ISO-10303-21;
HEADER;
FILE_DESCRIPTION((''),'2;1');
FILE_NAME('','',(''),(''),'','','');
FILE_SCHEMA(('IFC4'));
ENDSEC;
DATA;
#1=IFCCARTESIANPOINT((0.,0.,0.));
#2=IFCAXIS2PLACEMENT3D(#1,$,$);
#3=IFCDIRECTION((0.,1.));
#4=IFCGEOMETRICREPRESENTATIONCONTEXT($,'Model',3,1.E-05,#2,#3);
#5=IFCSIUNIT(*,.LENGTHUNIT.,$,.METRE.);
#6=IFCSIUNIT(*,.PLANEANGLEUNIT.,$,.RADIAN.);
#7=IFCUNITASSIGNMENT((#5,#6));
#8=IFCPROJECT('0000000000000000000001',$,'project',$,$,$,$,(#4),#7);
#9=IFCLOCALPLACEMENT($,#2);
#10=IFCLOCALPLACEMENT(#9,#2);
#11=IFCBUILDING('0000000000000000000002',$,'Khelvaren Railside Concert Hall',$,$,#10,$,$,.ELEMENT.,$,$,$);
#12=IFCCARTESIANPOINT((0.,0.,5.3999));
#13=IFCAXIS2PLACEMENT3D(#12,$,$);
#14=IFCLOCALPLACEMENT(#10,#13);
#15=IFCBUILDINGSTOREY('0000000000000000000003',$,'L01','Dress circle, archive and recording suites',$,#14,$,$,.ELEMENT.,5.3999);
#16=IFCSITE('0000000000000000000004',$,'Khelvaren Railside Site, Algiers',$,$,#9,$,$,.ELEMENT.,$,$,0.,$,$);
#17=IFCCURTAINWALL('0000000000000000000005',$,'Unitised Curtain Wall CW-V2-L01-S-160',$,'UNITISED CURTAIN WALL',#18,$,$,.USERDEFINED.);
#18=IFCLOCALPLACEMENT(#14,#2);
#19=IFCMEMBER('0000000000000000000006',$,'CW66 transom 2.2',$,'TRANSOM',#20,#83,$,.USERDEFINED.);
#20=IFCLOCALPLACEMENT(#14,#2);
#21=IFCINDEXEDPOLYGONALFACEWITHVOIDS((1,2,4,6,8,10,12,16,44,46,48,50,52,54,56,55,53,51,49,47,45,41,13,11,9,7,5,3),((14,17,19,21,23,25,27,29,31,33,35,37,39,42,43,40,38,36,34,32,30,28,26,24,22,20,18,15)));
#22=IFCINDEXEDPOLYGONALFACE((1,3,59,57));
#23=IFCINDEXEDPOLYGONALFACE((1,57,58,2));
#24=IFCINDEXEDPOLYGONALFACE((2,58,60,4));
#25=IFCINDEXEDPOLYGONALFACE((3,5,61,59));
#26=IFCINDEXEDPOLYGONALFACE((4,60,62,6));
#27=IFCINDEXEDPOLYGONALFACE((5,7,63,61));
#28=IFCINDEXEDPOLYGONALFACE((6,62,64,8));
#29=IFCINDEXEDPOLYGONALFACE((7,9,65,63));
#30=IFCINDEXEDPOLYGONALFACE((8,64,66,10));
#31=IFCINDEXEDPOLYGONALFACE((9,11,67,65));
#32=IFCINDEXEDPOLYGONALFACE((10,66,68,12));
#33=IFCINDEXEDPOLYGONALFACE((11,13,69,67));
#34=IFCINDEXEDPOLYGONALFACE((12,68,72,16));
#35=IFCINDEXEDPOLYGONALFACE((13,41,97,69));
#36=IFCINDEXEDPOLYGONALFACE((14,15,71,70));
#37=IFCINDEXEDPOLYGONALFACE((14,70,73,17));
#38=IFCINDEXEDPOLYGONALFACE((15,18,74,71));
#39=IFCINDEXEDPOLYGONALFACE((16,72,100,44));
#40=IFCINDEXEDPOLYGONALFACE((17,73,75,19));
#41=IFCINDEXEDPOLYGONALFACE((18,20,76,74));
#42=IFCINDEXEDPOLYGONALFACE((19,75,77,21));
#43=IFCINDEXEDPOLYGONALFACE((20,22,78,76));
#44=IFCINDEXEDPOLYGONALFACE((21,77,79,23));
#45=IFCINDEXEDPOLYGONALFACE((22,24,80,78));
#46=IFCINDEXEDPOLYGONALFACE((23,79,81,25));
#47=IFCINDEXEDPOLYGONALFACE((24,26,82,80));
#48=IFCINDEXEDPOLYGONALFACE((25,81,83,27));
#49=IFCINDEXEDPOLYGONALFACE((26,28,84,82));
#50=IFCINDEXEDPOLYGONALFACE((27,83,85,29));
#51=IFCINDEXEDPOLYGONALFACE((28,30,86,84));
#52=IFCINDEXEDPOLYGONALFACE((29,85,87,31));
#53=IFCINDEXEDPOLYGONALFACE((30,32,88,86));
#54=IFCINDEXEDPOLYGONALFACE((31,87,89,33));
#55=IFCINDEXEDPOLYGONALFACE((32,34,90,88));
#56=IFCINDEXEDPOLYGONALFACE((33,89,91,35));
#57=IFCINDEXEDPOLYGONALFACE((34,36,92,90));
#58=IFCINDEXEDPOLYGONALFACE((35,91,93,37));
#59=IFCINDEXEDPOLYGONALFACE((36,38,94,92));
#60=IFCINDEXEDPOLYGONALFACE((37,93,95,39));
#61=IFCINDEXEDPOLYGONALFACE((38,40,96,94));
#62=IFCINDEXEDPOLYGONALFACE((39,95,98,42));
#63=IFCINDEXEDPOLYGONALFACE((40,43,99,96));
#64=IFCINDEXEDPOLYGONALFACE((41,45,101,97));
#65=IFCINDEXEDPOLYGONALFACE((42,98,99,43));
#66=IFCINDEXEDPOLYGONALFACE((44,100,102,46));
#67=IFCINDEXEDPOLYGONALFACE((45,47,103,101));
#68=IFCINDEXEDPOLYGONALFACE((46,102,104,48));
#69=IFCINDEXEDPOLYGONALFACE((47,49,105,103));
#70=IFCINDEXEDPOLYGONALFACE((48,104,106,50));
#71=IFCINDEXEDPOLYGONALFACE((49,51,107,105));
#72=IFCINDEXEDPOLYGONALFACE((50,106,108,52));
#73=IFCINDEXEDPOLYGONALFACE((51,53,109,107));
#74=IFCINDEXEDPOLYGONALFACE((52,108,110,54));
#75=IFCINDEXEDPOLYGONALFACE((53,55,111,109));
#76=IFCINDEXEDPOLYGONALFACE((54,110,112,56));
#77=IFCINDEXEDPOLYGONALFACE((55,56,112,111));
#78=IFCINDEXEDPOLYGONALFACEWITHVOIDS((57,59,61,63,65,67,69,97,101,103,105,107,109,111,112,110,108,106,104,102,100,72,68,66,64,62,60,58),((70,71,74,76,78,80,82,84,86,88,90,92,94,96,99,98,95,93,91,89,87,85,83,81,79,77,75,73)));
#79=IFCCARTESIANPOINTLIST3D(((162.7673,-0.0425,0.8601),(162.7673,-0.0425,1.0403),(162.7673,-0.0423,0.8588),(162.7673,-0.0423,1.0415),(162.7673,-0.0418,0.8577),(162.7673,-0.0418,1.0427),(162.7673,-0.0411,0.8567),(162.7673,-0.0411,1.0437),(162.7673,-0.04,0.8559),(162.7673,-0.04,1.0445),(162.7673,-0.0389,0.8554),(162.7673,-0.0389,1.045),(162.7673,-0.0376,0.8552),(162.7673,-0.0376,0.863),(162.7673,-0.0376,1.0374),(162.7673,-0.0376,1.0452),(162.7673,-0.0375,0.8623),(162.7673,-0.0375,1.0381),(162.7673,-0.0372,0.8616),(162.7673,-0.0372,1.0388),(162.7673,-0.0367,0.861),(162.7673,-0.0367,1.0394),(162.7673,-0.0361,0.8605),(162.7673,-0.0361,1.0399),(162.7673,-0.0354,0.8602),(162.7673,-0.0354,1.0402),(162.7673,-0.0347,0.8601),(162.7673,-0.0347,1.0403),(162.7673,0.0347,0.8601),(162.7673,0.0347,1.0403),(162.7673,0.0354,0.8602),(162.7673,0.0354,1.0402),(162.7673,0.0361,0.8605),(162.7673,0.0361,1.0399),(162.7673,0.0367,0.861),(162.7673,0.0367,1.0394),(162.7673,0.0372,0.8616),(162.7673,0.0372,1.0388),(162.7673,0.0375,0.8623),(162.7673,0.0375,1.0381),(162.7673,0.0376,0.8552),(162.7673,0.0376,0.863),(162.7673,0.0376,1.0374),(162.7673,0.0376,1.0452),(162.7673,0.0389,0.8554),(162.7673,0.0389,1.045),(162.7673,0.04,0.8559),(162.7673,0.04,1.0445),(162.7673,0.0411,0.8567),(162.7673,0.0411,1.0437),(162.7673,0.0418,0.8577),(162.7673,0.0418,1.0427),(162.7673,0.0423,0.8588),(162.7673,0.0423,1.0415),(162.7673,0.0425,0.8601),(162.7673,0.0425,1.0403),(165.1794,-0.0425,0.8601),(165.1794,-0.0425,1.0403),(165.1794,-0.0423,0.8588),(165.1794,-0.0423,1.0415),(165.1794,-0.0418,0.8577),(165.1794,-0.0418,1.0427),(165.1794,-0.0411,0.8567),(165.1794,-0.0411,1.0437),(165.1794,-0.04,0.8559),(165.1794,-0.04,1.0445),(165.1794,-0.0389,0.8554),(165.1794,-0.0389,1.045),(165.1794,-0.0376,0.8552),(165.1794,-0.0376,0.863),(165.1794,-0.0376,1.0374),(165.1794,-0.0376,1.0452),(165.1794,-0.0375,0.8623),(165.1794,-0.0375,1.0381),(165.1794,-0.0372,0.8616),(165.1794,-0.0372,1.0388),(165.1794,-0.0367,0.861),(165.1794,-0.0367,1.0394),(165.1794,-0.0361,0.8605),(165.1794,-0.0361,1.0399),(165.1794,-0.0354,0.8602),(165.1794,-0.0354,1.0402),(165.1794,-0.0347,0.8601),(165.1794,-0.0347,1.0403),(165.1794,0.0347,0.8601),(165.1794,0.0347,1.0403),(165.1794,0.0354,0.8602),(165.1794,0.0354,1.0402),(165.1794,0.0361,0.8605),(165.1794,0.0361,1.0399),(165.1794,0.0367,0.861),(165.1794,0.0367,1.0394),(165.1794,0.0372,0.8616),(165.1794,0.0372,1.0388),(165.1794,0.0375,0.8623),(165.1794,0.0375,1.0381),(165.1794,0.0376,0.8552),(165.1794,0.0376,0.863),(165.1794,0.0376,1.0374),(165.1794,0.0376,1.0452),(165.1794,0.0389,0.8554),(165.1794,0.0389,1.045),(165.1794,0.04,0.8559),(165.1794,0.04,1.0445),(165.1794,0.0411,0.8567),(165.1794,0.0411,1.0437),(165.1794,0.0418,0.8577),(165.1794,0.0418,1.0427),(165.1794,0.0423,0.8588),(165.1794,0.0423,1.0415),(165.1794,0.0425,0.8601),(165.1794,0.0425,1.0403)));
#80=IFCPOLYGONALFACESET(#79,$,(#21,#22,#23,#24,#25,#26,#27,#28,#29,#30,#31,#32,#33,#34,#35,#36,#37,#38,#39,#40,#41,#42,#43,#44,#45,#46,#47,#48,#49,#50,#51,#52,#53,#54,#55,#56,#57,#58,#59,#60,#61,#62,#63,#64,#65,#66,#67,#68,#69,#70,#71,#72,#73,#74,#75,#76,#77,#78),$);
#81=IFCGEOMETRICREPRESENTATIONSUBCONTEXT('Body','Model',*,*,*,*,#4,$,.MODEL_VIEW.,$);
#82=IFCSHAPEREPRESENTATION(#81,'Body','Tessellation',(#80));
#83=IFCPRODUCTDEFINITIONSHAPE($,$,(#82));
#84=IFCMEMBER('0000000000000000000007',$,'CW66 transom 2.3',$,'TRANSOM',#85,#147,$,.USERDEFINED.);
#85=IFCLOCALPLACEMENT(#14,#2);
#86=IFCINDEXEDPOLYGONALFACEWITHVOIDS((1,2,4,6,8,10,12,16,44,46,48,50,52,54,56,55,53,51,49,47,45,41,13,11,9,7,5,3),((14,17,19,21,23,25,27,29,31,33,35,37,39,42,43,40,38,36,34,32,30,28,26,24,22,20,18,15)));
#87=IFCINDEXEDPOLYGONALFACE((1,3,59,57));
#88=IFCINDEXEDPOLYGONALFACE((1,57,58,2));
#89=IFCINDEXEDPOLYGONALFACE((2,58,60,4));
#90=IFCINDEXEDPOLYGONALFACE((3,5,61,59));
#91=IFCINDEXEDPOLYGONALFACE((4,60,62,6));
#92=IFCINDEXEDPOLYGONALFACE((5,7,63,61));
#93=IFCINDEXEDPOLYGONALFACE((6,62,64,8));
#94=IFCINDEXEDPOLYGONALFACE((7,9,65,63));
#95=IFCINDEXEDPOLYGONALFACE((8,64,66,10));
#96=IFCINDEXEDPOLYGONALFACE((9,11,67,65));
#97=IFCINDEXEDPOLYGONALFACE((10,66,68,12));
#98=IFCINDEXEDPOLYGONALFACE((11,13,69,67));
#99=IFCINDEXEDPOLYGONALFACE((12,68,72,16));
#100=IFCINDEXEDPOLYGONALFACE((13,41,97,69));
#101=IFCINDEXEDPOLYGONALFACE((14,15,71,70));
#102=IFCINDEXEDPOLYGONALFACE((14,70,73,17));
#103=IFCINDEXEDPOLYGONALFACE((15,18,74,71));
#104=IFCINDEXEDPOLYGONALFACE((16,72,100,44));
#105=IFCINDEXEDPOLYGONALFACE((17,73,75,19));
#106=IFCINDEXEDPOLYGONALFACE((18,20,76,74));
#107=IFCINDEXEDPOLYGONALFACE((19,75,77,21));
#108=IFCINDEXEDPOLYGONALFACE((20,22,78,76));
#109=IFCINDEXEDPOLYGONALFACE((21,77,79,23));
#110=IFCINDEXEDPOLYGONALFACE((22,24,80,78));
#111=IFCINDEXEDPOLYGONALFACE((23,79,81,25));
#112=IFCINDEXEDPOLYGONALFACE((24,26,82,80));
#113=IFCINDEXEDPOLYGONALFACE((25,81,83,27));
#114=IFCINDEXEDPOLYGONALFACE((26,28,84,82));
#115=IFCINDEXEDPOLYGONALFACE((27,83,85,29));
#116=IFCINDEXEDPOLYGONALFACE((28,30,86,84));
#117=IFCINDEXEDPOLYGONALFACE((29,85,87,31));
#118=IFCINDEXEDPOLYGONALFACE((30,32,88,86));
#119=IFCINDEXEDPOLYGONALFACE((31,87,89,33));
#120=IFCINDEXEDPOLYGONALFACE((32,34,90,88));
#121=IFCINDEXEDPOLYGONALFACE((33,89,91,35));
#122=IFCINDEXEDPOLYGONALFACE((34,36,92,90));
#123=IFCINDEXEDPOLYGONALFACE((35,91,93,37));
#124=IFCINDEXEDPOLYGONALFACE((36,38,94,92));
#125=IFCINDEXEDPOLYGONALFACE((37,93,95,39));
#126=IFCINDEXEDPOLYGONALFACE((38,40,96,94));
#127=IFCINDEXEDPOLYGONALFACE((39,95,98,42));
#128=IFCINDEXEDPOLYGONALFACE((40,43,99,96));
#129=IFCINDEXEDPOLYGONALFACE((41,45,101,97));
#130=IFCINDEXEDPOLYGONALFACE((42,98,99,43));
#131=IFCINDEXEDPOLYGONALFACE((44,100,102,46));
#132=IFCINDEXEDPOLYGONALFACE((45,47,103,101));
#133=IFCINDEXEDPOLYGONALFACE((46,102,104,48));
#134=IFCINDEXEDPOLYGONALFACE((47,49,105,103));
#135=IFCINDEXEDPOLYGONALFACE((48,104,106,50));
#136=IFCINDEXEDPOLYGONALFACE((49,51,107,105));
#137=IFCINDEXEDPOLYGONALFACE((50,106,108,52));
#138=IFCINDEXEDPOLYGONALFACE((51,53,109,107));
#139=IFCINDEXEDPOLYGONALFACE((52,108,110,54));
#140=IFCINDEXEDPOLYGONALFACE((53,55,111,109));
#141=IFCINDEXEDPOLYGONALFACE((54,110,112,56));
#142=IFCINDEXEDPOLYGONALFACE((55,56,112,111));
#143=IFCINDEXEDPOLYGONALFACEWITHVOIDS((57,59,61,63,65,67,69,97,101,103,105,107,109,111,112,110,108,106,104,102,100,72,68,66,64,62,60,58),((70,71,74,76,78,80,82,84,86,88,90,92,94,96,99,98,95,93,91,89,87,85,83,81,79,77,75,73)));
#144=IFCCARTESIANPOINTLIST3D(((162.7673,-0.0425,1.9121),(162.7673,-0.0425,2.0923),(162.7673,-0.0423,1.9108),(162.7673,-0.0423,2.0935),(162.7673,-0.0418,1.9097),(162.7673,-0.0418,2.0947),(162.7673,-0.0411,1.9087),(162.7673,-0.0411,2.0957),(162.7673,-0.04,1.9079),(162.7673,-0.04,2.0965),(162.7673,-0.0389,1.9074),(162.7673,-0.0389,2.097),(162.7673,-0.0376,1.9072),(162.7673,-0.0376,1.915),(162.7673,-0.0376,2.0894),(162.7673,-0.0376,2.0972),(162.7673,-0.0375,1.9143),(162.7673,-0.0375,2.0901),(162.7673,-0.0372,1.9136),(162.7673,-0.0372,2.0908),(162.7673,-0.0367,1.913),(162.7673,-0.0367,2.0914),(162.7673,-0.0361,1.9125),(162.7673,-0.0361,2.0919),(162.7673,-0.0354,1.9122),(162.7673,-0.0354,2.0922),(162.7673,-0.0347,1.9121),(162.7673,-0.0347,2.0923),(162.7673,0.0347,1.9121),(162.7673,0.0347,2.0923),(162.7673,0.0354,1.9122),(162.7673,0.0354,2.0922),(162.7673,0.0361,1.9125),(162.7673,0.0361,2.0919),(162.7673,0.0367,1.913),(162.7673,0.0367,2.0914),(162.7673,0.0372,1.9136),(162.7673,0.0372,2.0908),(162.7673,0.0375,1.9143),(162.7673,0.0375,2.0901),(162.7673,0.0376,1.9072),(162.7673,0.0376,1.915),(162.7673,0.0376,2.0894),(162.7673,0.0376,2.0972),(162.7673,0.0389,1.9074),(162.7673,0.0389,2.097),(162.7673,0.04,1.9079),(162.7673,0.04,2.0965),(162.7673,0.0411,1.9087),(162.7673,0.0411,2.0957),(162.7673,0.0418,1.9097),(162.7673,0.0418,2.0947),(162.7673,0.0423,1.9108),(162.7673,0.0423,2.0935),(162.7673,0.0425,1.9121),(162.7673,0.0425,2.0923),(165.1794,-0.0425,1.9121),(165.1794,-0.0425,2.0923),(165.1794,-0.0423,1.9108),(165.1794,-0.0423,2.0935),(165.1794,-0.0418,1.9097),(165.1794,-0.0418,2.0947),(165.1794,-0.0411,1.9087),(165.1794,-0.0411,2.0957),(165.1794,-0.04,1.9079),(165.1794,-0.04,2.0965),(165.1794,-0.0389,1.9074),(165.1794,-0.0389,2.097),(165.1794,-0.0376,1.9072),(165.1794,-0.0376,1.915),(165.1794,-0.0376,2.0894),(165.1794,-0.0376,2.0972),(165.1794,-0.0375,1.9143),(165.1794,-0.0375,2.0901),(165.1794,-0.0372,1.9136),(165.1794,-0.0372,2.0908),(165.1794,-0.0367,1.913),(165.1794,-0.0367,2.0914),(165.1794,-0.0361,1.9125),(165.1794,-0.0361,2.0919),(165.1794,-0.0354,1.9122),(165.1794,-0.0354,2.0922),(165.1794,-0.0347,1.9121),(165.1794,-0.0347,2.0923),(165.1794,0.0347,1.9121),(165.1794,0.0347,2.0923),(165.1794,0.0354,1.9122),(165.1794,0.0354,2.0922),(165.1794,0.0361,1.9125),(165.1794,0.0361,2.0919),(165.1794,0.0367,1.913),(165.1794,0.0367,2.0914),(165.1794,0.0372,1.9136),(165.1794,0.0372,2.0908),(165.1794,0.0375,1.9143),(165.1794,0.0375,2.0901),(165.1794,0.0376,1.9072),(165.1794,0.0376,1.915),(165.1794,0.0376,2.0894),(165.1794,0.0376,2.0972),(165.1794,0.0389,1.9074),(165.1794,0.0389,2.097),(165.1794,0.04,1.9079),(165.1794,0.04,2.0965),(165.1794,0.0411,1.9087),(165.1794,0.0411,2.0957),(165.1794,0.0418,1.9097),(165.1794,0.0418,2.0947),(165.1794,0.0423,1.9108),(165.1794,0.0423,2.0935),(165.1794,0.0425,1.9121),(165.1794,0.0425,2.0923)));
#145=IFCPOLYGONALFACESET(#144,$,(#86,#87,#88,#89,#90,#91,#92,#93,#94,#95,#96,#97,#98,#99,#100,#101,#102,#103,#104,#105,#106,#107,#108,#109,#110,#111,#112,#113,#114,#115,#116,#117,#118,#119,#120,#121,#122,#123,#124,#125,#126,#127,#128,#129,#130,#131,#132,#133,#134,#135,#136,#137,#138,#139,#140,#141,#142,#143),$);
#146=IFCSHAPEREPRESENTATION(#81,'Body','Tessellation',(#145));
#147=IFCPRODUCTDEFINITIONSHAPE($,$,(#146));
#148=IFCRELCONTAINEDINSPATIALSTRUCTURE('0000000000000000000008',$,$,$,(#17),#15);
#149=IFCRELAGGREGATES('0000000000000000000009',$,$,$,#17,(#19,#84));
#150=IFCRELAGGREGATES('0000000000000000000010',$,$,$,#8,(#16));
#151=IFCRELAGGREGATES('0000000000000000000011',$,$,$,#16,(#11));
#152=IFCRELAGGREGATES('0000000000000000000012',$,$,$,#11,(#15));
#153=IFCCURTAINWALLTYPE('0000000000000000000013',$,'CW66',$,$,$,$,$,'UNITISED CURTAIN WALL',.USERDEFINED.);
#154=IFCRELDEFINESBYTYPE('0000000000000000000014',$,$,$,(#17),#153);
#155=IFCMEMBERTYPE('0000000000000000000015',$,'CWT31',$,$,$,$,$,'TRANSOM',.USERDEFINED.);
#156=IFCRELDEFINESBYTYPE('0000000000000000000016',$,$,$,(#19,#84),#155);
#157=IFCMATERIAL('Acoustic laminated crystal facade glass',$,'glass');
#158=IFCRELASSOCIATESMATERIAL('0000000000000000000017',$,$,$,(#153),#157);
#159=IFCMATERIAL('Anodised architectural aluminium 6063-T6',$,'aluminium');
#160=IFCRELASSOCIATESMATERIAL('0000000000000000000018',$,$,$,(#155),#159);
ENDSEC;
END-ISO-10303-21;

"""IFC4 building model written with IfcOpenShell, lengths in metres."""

from ifc_helpers import new_model, si_unit, direction, frame, origin, origin_2d, place, context, subcontext, project, spatial, hollow_rectangle, extrude, material, material_profile, profile_set, type_object, element, aggregate, save


model = new_model("IFC4")

# Units and contexts
model_context = context("Model", 3, precision=1e-05, world=origin(), true_north=direction((0.0, 1.0)))
body_context = subcontext(model_context, "Body", "Model", "MODEL_VIEW")
ifc_project = project(units=[si_unit("LENGTHUNIT", "METRE"), si_unit("PLANEANGLEUNIT", "RADIAN")], contexts=[model_context])

# Site, building, storey
site_placement = place(None, origin())
site = spatial("IfcSite", under=ifc_project, at=site_placement, Name="Khelvaren Railside Site, Algiers", CompositionType="ELEMENT", RefElevation=0.0)
building_placement = place(site_placement, origin())
building = spatial("IfcBuilding", under=site, at=building_placement, Name="Khelvaren Railside Concert Hall", CompositionType="ELEMENT")
storey_placement = place(building_placement, frame((0.0, 0.0, 5.3999)))
storey = spatial("IfcBuildingStorey", under=building, at=storey_placement, Name="L01", Description="Dress circle, archive and recording suites", CompositionType="ELEMENT", Elevation=5.3999)

# Curtain wall, members
ifc_material_1 = material(Name="Acoustic laminated crystal facade glass", Category="glass")
curtain_wall_type = type_object("IfcCurtainWallType", Name="CW66", ElementType="UNITISED CURTAIN WALL", PredefinedType="USERDEFINED", material=ifc_material_1)
curtain_wall_placement = place(storey_placement, origin())
curtain_wall = element("IfcCurtainWall", 1, at=curtain_wall_placement, inside=storey, type_object=curtain_wall_type, Name="Unitised Curtain Wall CW-V2-L01-S-160", ObjectType="UNITISED CURTAIN WALL", PredefinedType="USERDEFINED")
ifc_material_2 = material(Name="Anodised architectural aluminium 6063-T6", Category="aluminium")
ifc_material_profile_1 = material_profile(ifc_material_2, hollow_rectangle(XDim=0.085, YDim=0.1899, WallThickness=0.0049, InnerFilletRadius=0.0029, OuterFilletRadius=0.0049, at=origin_2d()), Name="CWT 85x190x5")
ifc_profile_set_1 = profile_set([ifc_material_profile_1], Name="Anodised architectural aluminium 6063-T6")
member_type_1 = type_object("IfcMemberType", Name="CWT31", ElementType="TRANSOM", PredefinedType="USERDEFINED", material=ifc_profile_set_1)
member_1_placement = place(storey_placement, frame((165.1794, 0.0, 0.9502), z_axis=(-1.0, 0.0, 0.0), x_axis=(0.0, -1.0, 0.0)))
member_1 = element("IfcMember", 2, at=member_1_placement, type_object=member_type_1, Name="CW66 transom 2.2", ObjectType="TRANSOM", PredefinedType="USERDEFINED", context=body_context, shape_type="SweptSolid", body=[
    extrude(hollow_rectangle(XDim=0.085, YDim=0.1899, WallThickness=0.0049, InnerFilletRadius=0.0029, OuterFilletRadius=0.0049, at=origin_2d()), origin(), (0.0, 0.0, 1.0), 2.4121),
])
member_2_placement = place(storey_placement, frame((165.1794, 0.0, 2.0022), z_axis=(-1.0, 0.0, 0.0), x_axis=(0.0, -1.0, 0.0)))
member_2 = element("IfcMember", 3, at=member_2_placement, type_object=member_type_1, Name="CW66 transom 2.3", ObjectType="TRANSOM", PredefinedType="USERDEFINED", context=body_context, shape_type="SweptSolid", body=[
    extrude(hollow_rectangle(XDim=0.085, YDim=0.1899, WallThickness=0.0049, InnerFilletRadius=0.0029, OuterFilletRadius=0.0049, at=origin_2d()), origin(), (0.0, 0.0, 1.0), 2.4121),
])

aggregate(curtain_wall, [member_1, member_2])

save(model, "model.ifc")
